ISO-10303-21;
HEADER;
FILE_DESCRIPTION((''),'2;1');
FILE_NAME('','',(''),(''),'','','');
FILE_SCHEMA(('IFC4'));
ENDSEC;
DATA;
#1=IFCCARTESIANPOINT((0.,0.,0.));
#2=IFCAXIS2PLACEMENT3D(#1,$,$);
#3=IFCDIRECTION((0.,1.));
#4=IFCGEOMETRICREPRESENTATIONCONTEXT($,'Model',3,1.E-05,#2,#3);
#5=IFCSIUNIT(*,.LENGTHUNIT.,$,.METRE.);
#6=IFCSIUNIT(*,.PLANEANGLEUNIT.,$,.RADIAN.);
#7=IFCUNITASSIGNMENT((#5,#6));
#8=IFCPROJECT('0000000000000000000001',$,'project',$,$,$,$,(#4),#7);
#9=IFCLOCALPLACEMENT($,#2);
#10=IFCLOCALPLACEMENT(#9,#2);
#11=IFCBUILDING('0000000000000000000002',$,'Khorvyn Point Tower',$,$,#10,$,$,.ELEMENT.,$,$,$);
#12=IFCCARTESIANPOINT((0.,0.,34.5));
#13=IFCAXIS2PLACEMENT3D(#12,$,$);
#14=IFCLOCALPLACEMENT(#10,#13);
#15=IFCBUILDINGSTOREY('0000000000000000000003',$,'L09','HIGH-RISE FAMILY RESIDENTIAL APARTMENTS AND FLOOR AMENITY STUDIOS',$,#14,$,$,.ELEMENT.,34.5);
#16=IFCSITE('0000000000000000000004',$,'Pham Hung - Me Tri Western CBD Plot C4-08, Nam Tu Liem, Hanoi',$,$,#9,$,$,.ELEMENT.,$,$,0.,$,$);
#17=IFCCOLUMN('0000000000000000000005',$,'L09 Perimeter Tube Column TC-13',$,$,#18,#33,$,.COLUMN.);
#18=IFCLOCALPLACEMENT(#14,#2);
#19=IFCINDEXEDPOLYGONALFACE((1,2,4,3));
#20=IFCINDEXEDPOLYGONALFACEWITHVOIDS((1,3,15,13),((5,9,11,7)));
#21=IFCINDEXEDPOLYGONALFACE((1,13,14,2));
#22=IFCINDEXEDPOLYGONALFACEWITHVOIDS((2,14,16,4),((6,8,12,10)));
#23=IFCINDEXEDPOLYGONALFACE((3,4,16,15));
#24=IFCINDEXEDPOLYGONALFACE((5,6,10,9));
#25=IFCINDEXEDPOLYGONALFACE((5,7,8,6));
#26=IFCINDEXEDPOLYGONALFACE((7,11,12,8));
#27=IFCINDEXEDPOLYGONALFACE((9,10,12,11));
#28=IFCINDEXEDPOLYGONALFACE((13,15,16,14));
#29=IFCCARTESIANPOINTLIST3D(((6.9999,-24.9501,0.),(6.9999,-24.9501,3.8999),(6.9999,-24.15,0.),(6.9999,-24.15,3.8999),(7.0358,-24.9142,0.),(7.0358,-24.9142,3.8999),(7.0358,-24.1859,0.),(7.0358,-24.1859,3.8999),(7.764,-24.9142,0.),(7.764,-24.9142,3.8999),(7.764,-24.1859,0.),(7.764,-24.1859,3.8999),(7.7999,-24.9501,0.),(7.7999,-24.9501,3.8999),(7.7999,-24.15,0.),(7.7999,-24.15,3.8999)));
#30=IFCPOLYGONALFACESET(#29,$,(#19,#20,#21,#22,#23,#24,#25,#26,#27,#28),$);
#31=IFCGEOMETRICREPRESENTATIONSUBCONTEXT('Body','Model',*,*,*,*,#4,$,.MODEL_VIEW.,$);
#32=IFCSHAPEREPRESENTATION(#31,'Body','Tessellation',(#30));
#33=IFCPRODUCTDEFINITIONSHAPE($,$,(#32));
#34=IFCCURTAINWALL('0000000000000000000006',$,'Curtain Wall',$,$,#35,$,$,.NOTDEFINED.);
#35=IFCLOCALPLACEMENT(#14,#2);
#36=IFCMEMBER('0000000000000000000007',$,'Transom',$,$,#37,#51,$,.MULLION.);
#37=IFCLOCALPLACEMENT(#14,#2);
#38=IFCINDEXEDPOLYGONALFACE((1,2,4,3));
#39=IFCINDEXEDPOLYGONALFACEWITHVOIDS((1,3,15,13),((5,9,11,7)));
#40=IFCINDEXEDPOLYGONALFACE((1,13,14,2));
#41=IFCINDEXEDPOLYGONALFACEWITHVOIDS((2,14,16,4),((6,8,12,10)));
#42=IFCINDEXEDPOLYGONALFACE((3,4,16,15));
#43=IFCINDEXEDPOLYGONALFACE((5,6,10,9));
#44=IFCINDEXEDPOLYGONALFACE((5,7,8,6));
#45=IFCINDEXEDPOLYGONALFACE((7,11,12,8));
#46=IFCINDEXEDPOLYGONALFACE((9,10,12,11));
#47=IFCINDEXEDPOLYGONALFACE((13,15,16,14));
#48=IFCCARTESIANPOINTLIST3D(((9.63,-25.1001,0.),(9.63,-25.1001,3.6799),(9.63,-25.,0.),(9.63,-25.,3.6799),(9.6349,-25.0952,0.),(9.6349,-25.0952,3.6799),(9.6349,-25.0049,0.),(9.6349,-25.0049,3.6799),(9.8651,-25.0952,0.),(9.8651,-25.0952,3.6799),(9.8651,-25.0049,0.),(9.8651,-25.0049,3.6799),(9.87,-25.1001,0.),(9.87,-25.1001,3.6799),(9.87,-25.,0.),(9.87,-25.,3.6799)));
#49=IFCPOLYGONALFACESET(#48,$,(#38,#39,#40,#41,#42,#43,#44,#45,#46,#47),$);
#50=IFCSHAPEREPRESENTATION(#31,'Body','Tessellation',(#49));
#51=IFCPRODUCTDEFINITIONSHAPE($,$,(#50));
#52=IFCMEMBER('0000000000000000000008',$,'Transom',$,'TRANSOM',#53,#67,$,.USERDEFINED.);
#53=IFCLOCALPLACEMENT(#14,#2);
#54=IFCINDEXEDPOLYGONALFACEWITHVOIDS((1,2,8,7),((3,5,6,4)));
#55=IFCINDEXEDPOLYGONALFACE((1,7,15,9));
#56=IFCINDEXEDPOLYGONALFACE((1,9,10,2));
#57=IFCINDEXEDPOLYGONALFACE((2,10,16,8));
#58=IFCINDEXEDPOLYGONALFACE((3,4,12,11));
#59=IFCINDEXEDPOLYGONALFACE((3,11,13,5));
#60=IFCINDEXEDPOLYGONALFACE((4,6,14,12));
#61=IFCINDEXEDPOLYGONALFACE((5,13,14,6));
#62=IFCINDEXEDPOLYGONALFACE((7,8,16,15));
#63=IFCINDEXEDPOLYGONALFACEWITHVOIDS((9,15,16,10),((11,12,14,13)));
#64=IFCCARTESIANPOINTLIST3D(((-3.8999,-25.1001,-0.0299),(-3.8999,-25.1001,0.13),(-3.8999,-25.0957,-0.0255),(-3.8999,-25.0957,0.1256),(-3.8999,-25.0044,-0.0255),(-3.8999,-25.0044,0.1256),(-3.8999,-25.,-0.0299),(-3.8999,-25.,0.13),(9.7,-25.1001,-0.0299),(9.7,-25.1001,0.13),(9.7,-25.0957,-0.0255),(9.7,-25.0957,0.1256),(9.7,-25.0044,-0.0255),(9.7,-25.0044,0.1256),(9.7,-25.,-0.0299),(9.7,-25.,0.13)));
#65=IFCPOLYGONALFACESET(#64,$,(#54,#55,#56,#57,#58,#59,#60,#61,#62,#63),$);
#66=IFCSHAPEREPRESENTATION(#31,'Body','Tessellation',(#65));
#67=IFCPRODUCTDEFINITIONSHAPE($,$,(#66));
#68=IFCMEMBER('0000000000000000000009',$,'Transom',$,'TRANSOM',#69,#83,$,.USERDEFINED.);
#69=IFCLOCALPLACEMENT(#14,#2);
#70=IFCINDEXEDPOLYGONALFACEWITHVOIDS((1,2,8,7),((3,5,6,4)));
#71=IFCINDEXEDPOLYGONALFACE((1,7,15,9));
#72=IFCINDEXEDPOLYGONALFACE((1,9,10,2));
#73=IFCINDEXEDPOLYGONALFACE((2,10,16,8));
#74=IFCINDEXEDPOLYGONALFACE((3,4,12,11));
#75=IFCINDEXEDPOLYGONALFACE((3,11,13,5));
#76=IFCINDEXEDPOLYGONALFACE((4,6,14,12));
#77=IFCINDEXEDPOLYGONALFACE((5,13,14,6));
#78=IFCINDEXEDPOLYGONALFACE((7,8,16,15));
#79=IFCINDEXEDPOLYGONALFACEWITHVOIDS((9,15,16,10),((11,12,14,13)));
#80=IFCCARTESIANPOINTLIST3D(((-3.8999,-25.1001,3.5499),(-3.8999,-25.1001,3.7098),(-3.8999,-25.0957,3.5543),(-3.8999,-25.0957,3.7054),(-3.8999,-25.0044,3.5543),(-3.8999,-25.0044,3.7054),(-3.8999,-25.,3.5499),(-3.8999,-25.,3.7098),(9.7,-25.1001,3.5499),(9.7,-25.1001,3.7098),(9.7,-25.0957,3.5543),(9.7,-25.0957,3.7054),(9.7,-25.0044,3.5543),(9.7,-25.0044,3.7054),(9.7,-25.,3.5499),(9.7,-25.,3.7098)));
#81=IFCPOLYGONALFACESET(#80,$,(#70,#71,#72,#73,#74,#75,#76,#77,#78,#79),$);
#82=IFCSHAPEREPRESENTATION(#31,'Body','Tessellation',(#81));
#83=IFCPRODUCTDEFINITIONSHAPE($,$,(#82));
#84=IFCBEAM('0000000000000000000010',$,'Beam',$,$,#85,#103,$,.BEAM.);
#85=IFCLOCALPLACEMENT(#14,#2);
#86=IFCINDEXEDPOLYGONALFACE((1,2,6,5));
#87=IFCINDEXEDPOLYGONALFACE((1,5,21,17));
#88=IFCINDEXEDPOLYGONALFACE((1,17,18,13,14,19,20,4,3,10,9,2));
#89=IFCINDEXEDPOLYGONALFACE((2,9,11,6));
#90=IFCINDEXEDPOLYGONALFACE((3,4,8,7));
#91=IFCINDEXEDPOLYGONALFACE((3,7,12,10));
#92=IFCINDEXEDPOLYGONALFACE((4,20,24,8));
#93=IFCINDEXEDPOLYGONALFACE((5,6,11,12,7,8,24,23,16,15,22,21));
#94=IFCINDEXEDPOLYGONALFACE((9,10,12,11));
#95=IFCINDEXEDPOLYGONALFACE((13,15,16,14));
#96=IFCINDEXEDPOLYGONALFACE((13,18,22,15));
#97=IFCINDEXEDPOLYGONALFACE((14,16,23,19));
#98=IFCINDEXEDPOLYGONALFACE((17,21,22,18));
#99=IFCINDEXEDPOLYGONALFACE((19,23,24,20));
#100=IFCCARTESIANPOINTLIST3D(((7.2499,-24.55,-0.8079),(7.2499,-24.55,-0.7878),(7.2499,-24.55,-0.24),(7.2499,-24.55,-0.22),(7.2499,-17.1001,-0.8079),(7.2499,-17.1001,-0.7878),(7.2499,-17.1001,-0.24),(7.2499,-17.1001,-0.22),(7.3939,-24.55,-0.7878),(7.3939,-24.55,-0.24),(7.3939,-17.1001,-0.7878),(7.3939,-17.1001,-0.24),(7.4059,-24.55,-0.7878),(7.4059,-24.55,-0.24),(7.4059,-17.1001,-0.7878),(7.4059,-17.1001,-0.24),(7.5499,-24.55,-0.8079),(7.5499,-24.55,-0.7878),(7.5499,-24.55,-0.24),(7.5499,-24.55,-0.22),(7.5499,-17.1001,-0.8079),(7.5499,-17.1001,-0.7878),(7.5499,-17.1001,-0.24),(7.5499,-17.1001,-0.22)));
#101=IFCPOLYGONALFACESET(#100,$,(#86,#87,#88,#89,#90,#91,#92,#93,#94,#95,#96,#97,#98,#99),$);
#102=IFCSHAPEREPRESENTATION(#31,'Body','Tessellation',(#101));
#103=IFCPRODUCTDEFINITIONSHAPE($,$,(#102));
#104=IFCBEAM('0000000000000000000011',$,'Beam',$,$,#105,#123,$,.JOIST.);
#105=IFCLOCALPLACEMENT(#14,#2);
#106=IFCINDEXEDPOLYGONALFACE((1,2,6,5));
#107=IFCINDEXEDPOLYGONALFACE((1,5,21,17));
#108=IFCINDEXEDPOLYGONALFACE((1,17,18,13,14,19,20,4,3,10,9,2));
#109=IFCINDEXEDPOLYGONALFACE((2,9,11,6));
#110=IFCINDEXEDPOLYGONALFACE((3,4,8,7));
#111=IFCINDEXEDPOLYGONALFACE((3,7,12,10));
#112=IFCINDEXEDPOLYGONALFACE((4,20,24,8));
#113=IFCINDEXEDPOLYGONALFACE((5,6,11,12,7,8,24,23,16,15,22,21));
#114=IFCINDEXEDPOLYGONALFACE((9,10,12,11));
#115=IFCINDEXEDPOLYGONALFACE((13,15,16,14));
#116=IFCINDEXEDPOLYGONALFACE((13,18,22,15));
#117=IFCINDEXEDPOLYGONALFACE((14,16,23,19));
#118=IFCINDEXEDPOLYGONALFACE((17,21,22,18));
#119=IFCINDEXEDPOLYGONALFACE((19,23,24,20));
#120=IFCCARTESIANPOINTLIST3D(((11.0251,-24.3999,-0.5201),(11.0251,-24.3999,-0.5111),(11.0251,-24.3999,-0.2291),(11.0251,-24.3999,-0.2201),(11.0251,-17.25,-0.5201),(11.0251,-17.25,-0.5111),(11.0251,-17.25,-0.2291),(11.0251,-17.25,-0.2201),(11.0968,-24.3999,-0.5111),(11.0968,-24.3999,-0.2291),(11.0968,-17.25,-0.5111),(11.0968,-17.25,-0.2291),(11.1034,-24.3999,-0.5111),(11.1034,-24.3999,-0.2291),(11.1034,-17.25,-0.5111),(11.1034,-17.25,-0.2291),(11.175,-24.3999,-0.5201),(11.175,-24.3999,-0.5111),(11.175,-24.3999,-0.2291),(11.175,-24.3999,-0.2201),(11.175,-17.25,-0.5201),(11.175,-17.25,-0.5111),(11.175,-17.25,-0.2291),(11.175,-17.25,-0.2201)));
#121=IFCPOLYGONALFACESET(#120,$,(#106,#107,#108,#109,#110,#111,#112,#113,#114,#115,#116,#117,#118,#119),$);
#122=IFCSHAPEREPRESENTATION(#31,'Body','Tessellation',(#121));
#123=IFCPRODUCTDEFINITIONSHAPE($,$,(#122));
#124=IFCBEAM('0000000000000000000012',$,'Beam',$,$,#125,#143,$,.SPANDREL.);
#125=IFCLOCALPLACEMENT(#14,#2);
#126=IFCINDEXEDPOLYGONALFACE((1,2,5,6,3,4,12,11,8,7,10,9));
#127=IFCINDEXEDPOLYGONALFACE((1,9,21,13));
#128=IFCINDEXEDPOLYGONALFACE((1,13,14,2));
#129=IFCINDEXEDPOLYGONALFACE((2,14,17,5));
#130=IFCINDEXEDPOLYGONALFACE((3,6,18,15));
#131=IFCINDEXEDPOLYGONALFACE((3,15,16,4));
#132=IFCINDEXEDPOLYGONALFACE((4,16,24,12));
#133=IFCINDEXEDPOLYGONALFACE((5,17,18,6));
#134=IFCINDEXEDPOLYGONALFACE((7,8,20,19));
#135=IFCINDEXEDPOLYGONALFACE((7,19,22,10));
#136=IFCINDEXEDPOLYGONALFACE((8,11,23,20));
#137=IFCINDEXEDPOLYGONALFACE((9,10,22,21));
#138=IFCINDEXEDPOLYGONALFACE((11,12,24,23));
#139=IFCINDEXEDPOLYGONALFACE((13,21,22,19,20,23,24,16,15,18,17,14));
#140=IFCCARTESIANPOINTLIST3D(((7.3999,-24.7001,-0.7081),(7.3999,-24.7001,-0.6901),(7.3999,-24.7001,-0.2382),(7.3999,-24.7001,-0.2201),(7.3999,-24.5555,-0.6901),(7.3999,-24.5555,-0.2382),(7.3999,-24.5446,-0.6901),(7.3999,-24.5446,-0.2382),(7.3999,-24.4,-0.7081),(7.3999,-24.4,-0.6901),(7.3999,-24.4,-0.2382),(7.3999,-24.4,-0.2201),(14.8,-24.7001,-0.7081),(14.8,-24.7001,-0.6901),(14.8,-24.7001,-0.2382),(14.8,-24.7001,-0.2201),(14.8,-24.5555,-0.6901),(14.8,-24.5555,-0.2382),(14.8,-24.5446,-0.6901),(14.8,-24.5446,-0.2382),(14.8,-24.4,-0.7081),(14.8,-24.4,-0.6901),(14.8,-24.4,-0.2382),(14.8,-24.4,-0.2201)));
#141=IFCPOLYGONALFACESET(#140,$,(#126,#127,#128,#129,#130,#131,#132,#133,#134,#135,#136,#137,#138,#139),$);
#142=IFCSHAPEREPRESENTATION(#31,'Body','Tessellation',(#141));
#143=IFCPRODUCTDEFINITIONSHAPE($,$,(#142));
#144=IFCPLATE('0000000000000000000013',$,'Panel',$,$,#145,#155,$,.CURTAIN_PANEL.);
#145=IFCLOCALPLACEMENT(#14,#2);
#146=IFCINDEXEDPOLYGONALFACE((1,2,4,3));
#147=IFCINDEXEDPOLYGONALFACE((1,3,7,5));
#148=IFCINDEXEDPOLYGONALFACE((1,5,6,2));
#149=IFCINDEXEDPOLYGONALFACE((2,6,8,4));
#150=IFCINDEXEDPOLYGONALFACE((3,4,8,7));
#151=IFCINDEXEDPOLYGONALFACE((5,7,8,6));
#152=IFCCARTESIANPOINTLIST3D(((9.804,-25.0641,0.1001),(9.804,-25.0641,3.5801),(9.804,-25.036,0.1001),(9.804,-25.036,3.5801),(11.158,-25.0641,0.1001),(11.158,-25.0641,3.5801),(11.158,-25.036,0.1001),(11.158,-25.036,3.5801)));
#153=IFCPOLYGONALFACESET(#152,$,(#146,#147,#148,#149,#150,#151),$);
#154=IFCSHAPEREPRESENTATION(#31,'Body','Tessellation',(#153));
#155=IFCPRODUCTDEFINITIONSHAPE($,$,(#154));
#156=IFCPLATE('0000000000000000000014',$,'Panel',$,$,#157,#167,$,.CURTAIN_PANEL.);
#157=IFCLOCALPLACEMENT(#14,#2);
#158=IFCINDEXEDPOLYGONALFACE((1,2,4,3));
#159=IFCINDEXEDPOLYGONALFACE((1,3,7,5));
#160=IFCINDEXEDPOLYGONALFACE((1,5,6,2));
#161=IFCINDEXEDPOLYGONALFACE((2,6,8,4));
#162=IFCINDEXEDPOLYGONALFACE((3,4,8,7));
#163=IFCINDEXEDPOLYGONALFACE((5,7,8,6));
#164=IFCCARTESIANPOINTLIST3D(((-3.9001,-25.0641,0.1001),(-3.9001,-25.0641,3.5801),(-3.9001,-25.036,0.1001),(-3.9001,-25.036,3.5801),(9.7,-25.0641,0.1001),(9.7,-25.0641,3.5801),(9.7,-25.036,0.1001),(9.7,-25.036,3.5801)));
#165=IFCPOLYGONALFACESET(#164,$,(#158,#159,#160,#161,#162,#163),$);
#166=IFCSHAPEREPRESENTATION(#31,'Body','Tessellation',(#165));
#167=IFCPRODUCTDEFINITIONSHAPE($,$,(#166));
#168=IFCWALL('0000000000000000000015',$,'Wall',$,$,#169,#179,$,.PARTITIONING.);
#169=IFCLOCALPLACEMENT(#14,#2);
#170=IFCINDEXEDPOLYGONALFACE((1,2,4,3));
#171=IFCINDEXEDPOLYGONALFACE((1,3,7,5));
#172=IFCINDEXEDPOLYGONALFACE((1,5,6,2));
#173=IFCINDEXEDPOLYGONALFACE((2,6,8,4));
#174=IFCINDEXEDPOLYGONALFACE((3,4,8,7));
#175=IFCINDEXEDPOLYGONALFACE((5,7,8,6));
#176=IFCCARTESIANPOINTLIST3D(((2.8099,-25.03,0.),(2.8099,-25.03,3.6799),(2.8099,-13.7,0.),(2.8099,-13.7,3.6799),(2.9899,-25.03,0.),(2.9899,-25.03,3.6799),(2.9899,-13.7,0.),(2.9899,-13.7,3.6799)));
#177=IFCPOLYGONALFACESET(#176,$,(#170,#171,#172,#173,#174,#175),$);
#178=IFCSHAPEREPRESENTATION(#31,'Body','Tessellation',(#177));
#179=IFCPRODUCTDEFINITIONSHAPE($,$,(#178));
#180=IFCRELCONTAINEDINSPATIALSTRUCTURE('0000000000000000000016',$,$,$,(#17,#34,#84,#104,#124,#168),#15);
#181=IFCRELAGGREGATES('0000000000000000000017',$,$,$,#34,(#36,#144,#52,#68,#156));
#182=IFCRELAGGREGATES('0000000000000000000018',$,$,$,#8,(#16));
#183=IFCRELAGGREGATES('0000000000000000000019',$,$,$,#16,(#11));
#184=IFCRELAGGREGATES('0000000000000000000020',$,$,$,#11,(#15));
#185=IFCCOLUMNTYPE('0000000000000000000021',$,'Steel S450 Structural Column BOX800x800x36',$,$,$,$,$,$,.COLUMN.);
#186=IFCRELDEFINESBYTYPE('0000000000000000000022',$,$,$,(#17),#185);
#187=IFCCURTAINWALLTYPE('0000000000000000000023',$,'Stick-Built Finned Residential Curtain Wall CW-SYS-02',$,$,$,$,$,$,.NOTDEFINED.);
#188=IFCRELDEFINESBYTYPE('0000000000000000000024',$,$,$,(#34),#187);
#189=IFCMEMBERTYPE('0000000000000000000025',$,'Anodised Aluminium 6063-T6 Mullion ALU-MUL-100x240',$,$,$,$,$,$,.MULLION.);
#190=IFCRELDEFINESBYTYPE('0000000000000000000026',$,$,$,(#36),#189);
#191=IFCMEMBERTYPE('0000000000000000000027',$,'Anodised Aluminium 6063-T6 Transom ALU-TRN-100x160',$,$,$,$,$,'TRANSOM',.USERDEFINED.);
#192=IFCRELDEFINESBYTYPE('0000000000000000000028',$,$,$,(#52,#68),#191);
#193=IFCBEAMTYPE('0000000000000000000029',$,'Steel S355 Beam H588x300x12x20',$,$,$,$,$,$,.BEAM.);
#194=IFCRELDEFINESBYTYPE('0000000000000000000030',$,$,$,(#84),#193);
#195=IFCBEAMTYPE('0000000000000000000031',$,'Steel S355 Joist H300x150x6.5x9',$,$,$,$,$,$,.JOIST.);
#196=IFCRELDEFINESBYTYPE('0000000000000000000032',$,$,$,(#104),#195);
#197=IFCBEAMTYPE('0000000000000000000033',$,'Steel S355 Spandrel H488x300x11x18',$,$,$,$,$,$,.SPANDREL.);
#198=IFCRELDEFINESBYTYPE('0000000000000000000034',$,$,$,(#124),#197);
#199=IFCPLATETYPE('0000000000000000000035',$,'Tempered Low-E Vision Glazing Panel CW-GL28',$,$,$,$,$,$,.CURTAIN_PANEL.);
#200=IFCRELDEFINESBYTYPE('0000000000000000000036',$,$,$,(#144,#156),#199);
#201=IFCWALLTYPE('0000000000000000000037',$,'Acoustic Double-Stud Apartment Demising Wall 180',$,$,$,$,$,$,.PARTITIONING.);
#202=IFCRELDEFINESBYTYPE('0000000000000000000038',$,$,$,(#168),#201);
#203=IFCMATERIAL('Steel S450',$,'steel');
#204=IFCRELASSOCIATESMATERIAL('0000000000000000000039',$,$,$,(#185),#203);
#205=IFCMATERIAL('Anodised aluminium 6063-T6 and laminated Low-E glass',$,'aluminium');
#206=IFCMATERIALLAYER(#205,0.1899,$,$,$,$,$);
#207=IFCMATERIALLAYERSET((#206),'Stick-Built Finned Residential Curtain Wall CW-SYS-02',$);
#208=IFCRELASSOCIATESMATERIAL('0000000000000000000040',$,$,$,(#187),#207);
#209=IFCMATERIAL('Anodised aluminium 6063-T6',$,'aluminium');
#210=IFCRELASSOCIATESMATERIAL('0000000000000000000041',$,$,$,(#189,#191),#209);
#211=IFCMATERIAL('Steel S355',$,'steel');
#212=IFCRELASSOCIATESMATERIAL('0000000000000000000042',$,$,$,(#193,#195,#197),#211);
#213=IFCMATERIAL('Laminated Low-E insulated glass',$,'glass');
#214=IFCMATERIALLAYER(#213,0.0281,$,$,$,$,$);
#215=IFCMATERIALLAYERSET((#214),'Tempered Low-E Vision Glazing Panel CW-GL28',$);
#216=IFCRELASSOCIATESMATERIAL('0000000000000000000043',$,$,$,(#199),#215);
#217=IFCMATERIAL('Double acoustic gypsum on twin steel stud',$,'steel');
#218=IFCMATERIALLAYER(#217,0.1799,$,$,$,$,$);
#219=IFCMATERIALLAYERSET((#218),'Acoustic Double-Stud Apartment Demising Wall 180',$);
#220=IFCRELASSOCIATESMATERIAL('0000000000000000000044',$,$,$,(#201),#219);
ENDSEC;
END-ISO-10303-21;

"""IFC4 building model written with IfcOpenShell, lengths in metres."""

from ifc_helpers import new_model, si_unit, direction, frame, frame_2d, origin, origin_2d, place, context, subcontext, project, spatial, rectangle, hollow_rectangle, i_section, extrude, material, layer, layer_set, material_profile, profile_set, type_object, element, aggregate, save


model = new_model("IFC4")

# Units and contexts
model_context = context("Model", 3, precision=1e-05, world=origin(), true_north=direction((0.0, 1.0)))
body_context = subcontext(model_context, "Body", "Model", "MODEL_VIEW")
ifc_project = project(units=[si_unit("LENGTHUNIT", "METRE"), si_unit("PLANEANGLEUNIT", "RADIAN")], contexts=[model_context])

# Site, building, storey
site_placement = place(None, origin())
site = spatial("IfcSite", under=ifc_project, at=site_placement, Name="Pham Hung - Me Tri Western CBD Plot C4-08, Nam Tu Liem, Hanoi", CompositionType="ELEMENT", RefElevation=0.0)
building_placement = place(site_placement, origin())
building = spatial("IfcBuilding", under=site, at=building_placement, Name="Khorvyn Point Tower", CompositionType="ELEMENT")
storey_placement = place(building_placement, frame((0.0, 0.0, 34.5)))
storey = spatial("IfcBuildingStorey", under=building, at=storey_placement, Name="L09", Description="HIGH-RISE FAMILY RESIDENTIAL APARTMENTS AND FLOOR AMENITY STUDIOS", CompositionType="ELEMENT", Elevation=34.5)

# Column
ifc_material_1 = material(Name="Steel S450", Category="steel")
ifc_material_profile_1 = material_profile(ifc_material_1, hollow_rectangle(XDim=0.8, YDim=0.8, WallThickness=0.0359, at=origin_2d()))
ifc_profile_set_1 = profile_set([ifc_material_profile_1], Name="Steel S450 BOX800x800x36")
column_type = type_object("IfcColumnType", Name="Steel S450 Structural Column BOX800x800x36", PredefinedType="COLUMN", material=ifc_profile_set_1)
column_placement = place(storey_placement, frame((7.3999, -24.55, 0.0), z_axis=(0.0, 0.0, 1.0), x_axis=(1.0, 0.0, 0.0)))
element("IfcColumn", 1, at=column_placement, inside=storey, type_object=column_type, Name="L09 Perimeter Tube Column TC-13", PredefinedType="COLUMN", context=body_context, shape_type="SweptSolid", body=[
    extrude(hollow_rectangle(XDim=0.8, YDim=0.8, WallThickness=0.0359, at=origin_2d()), origin(), (0.0, 0.0, 1.0), 3.8999),
])

# Curtain wall, members
ifc_material_2 = material(Name="Anodised aluminium 6063-T6 and laminated Low-E glass", Category="aluminium")
ifc_layer_1 = layer(ifc_material_2, 0.1899)
ifc_layer_set_1 = layer_set([ifc_layer_1], Name="Stick-Built Finned Residential Curtain Wall CW-SYS-02")
curtain_wall_type = type_object("IfcCurtainWallType", Name="Stick-Built Finned Residential Curtain Wall CW-SYS-02", PredefinedType="NOTDEFINED", material=ifc_layer_set_1)
curtain_wall_placement = place(storey_placement, origin())
curtain_wall = element("IfcCurtainWall", 2, at=curtain_wall_placement, inside=storey, type_object=curtain_wall_type, Name="Curtain Wall", PredefinedType="NOTDEFINED")
ifc_material_3 = material(Name="Anodised aluminium 6063-T6", Category="aluminium")
ifc_material_profile_2 = material_profile(ifc_material_3, hollow_rectangle(XDim=0.1001, YDim=0.24, WallThickness=0.0049, at=origin_2d()))
ifc_profile_set_2 = profile_set([ifc_material_profile_2], Name="Anodised aluminium 6063-T6 ALU-MUL-100x240")
member_type_1 = type_object("IfcMemberType", Name="Anodised Aluminium 6063-T6 Mullion ALU-MUL-100x240", PredefinedType="MULLION", material=ifc_profile_set_2)
member_1_placement = place(storey_placement, frame((9.75, -25.05, 0.0), z_axis=(0.0, 0.0, 1.0), x_axis=(0.0, -1.0, 0.0)))
member_1 = element("IfcMember", 3, at=member_1_placement, type_object=member_type_1, Name="Transom", PredefinedType="MULLION", context=body_context, shape_type="SweptSolid", body=[
    extrude(hollow_rectangle(XDim=0.1001, YDim=0.24, WallThickness=0.0049, at=origin_2d()), origin(), (0.0, 0.0, 1.0), 3.6799),
])
ifc_material_profile_3 = material_profile(ifc_material_3, hollow_rectangle(XDim=0.1001, YDim=0.1599, WallThickness=0.0044, at=origin_2d()))
ifc_profile_set_3 = profile_set([ifc_material_profile_3], Name="Anodised aluminium 6063-T6 ALU-TRN-100x160")
member_type_2 = type_object("IfcMemberType", Name="Anodised Aluminium 6063-T6 Transom ALU-TRN-100x160", ElementType="TRANSOM", PredefinedType="USERDEFINED", material=ifc_profile_set_3)
member_2_placement = place(storey_placement, frame((9.7, -25.05, 0.05), z_axis=(-1.0, 0.0, 0.0), x_axis=(0.0, -1.0, 0.0)))
member_2 = element("IfcMember", 4, at=member_2_placement, type_object=member_type_2, Name="Transom", ObjectType="TRANSOM", PredefinedType="USERDEFINED", context=body_context, shape_type="SweptSolid", body=[
    extrude(hollow_rectangle(XDim=0.1001, YDim=0.1599, WallThickness=0.0044, at=origin_2d()), origin(), (0.0, 0.0, 1.0), 13.5999),
])
member_3_placement = place(storey_placement, frame((9.7, -25.05, 3.6299), z_axis=(-1.0, 0.0, 0.0), x_axis=(0.0, -1.0, 0.0)))
member_3 = element("IfcMember", 5, at=member_3_placement, type_object=member_type_2, Name="Transom", ObjectType="TRANSOM", PredefinedType="USERDEFINED", context=body_context, shape_type="SweptSolid", body=[
    extrude(hollow_rectangle(XDim=0.1001, YDim=0.1599, WallThickness=0.0044, at=origin_2d()), origin(), (0.0, 0.0, 1.0), 13.5999),
])

# Beams
ifc_material_4 = material(Name="Steel S355", Category="steel")
ifc_material_profile_4 = material_profile(ifc_material_4, i_section(OverallWidth=0.3, OverallDepth=0.5879, WebThickness=0.012, FlangeThickness=0.02, at=origin_2d()))
ifc_profile_set_4 = profile_set([ifc_material_profile_4], Name="Steel S355 H588x300x12x20")
beam_type_1 = type_object("IfcBeamType", Name="Steel S355 Beam H588x300x12x20", PredefinedType="BEAM", material=ifc_profile_set_4)
beam_1_placement = place(storey_placement, frame((7.3999, -24.55, -0.5139), z_axis=(0.0, 1.0, 0.0), x_axis=(-1.0, 0.0, 0.0)))
element("IfcBeam", 6, at=beam_1_placement, inside=storey, type_object=beam_type_1, Name="Beam", PredefinedType="BEAM", context=body_context, shape_type="SweptSolid", body=[
    extrude(i_section(OverallWidth=0.3, OverallDepth=0.5879, WebThickness=0.012, FlangeThickness=0.02, at=origin_2d()), origin(), (0.0, 0.0, 1.0), 7.45),
])
ifc_material_profile_5 = material_profile(ifc_material_4, i_section(OverallWidth=0.1499, OverallDepth=0.3, WebThickness=0.0066, FlangeThickness=0.009, at=origin_2d()))
ifc_profile_set_5 = profile_set([ifc_material_profile_5], Name="Steel S355 H300x150x6.5x9")
beam_type_2 = type_object("IfcBeamType", Name="Steel S355 Joist H300x150x6.5x9", PredefinedType="JOIST", material=ifc_profile_set_5)
beam_2_placement = place(storey_placement, frame((11.1001, -24.3999, -0.3701), z_axis=(0.0, 1.0, 0.0), x_axis=(-1.0, 0.0, 0.0)))
element("IfcBeam", 7, at=beam_2_placement, inside=storey, type_object=beam_type_2, Name="Beam", PredefinedType="JOIST", context=body_context, shape_type="SweptSolid", body=[
    extrude(i_section(OverallWidth=0.1499, OverallDepth=0.3, WebThickness=0.0066, FlangeThickness=0.009, at=origin_2d()), origin(), (0.0, 0.0, 1.0), 7.1499),
])
ifc_material_profile_6 = material_profile(ifc_material_4, i_section(OverallWidth=0.3, OverallDepth=0.488, WebThickness=0.011, FlangeThickness=0.0181, at=origin_2d()))
ifc_profile_set_6 = profile_set([ifc_material_profile_6], Name="Steel S355 H488x300x11x18")
beam_type_3 = type_object("IfcBeamType", Name="Steel S355 Spandrel H488x300x11x18", PredefinedType="SPANDREL", material=ifc_profile_set_6)
beam_3_placement = place(storey_placement, frame((7.3999, -24.55, -0.4641), z_axis=(1.0, 0.0, 0.0), x_axis=(0.0, 1.0, 0.0)))
element("IfcBeam", 8, at=beam_3_placement, inside=storey, type_object=beam_type_3, Name="Beam", PredefinedType="SPANDREL", context=body_context, shape_type="SweptSolid", body=[
    extrude(i_section(OverallWidth=0.3, OverallDepth=0.488, WebThickness=0.011, FlangeThickness=0.0181, at=origin_2d()), origin(), (0.0, 0.0, 1.0), 7.4001),
])

# Plates
ifc_material_5 = material(Name="Laminated Low-E insulated glass", Category="glass")
ifc_layer_2 = layer(ifc_material_5, 0.0281)
ifc_layer_set_2 = layer_set([ifc_layer_2], Name="Tempered Low-E Vision Glazing Panel CW-GL28")
plate_type = type_object("IfcPlateType", Name="Tempered Low-E Vision Glazing Panel CW-GL28", PredefinedType="CURTAIN_PANEL", material=ifc_layer_set_2)
plate_1_placement = place(storey_placement, frame((10.481, -25.05, 0.1001), z_axis=(0.0, 0.0, 1.0), x_axis=(-1.0, 0.0, 0.0)))
plate_1 = element("IfcPlate", 9, at=plate_1_placement, type_object=plate_type, Name="Panel", PredefinedType="CURTAIN_PANEL", context=body_context, shape_type="SweptSolid", body=[
    extrude(rectangle(XDim=1.354, YDim=0.0281, at=origin_2d()), origin(), (0.0, 0.0, 1.0), 3.48),
])
plate_2_placement = place(storey_placement, frame((2.8999, -25.05, 0.1001), z_axis=(0.0, 0.0, 1.0), x_axis=(-1.0, 0.0, 0.0)))
plate_2 = element("IfcPlate", 10, at=plate_2_placement, type_object=plate_type, Name="Panel", PredefinedType="CURTAIN_PANEL", context=body_context, shape_type="SweptSolid", body=[
    extrude(rectangle(XDim=13.6001, YDim=0.0281, at=origin_2d()), origin(), (0.0, 0.0, 1.0), 3.48),
])
aggregate(curtain_wall, [member_1, plate_1, member_2, member_3, plate_2])

# Wall
ifc_material_6 = material(Name="Double acoustic gypsum on twin steel stud", Category="steel")
ifc_layer_3 = layer(ifc_material_6, 0.1799)
ifc_layer_set_3 = layer_set([ifc_layer_3], Name="Acoustic Double-Stud Apartment Demising Wall 180")
wall_type_1 = type_object("IfcWallType", Name="Acoustic Double-Stud Apartment Demising Wall 180", PredefinedType="PARTITIONING", material=ifc_layer_set_3)
wall_1_placement = place(storey_placement, frame((2.8999, -25.03, 0.0), z_axis=(0.0, 0.0, 1.0), x_axis=(0.0, 1.0, 0.0)))
element("IfcWall", 11, at=wall_1_placement, inside=storey, type_object=wall_type_1, Name="Wall", PredefinedType="PARTITIONING", context=body_context, shape_type="SweptSolid", body=[
    extrude(rectangle(XDim=11.3301, YDim=0.1799, at=frame_2d((5.665, 0.0))), origin(), (0.0, 0.0, 1.0), 3.6799),
])

save(model, "model.ifc")
